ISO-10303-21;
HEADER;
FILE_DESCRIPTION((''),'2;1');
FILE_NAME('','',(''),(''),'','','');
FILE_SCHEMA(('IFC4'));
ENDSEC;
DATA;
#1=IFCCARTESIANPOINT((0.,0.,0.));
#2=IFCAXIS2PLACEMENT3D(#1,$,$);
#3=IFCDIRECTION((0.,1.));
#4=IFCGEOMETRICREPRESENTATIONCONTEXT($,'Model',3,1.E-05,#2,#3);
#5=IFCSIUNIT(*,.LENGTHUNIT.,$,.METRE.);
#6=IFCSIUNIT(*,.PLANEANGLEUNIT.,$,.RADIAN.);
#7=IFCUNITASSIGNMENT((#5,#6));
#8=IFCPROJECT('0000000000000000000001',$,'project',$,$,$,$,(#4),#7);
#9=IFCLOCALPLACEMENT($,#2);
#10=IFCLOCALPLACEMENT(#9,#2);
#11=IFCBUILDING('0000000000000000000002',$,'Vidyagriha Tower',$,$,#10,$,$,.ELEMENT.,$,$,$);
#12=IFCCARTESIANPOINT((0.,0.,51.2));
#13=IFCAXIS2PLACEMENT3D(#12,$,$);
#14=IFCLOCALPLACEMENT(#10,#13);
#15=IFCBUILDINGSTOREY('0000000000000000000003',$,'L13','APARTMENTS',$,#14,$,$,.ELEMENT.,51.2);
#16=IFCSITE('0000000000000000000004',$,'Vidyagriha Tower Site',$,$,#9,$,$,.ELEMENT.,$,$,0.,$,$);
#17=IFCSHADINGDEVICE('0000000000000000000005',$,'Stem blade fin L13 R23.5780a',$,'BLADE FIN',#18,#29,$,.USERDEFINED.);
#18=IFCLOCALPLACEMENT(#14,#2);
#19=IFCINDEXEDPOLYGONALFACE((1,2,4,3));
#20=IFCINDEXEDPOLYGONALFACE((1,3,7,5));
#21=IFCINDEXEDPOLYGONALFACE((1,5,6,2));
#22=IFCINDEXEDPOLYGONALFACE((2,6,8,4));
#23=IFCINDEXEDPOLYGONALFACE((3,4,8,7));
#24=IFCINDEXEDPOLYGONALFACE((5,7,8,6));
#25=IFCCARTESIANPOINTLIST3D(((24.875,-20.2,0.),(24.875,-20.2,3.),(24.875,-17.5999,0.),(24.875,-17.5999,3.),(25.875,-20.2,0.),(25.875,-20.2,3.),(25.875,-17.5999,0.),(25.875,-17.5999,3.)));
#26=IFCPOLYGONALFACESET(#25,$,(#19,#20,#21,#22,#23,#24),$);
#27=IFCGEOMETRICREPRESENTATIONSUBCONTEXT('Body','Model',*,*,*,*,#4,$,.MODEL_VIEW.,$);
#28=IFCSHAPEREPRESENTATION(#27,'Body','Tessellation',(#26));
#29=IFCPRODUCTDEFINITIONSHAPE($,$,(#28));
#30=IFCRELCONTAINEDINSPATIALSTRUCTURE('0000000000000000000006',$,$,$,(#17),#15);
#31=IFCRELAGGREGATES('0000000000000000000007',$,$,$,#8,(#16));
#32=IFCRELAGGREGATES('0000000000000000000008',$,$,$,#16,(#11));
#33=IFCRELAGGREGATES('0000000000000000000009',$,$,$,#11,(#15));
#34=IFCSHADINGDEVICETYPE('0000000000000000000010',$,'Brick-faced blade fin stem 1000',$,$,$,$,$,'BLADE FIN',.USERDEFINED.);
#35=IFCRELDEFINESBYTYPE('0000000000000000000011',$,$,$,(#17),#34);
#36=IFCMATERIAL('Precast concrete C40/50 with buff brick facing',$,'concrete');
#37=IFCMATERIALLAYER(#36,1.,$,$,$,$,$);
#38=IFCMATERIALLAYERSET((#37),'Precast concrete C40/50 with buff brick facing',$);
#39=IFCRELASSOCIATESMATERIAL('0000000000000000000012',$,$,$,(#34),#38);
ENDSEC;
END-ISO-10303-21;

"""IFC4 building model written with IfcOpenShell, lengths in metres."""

from ifc_helpers import new_model, si_unit, direction, frame, origin, place, context, subcontext, project, spatial, polyline, outline, extrude, material, layer, layer_set, type_object, element, save


model = new_model("IFC4")

# Units and contexts
model_context = context("Model", 3, precision=1e-05, world=origin(), true_north=direction((0.0, 1.0)))
body_context = subcontext(model_context, "Body", "Model", "MODEL_VIEW")
ifc_project = project(units=[si_unit("LENGTHUNIT", "METRE"), si_unit("PLANEANGLEUNIT", "RADIAN")], contexts=[model_context])

# Site, building, storey
site_placement = place(None, origin())
site = spatial("IfcSite", under=ifc_project, at=site_placement, Name="Vidyagriha Tower Site", CompositionType="ELEMENT", RefElevation=0.0)
building_placement = place(site_placement, origin())
building = spatial("IfcBuilding", under=site, at=building_placement, Name="Vidyagriha Tower", CompositionType="ELEMENT")
storey_placement = place(building_placement, frame((0.0, 0.0, 51.2)))
storey = spatial("IfcBuildingStorey", under=building, at=storey_placement, Name="L13", Description="APARTMENTS", CompositionType="ELEMENT", Elevation=51.2)

# Shading device
ifc_material_1 = material(Name="Precast concrete C40/50 with buff brick facing", Category="concrete")
ifc_layer_1 = layer(ifc_material_1, 1.0)
ifc_layer_set_1 = layer_set([ifc_layer_1], Name="Precast concrete C40/50 with buff brick facing")
shading_device_type_1 = type_object("IfcShadingDeviceType", Name="Brick-faced blade fin stem 1000", ElementType="BLADE FIN", PredefinedType="USERDEFINED", material=ifc_layer_set_1)
shading_device_1_placement = place(storey_placement, frame((24.875, -18.8999, 0.0)))
element("IfcShadingDevice", 1, at=shading_device_1_placement, inside=storey, type_object=shading_device_type_1, Name="Stem blade fin L13 R23.5780a", ObjectType="BLADE FIN", PredefinedType="USERDEFINED", context=body_context, shape_type="SweptSolid", body=[
    extrude(outline(polyline([(0.0, 0.0), (1.0, 0.0), (1.0, 3.0), (0.0, 3.0), (0.0, 0.0)])), frame((0.0, 1.3, 0.0), z_axis=(0.0, -1.0, 0.0), x_axis=(1.0, 0.0, 0.0)), (0.0, 0.0, 1.0), 2.6001),
])

save(model, "model.ifc")
